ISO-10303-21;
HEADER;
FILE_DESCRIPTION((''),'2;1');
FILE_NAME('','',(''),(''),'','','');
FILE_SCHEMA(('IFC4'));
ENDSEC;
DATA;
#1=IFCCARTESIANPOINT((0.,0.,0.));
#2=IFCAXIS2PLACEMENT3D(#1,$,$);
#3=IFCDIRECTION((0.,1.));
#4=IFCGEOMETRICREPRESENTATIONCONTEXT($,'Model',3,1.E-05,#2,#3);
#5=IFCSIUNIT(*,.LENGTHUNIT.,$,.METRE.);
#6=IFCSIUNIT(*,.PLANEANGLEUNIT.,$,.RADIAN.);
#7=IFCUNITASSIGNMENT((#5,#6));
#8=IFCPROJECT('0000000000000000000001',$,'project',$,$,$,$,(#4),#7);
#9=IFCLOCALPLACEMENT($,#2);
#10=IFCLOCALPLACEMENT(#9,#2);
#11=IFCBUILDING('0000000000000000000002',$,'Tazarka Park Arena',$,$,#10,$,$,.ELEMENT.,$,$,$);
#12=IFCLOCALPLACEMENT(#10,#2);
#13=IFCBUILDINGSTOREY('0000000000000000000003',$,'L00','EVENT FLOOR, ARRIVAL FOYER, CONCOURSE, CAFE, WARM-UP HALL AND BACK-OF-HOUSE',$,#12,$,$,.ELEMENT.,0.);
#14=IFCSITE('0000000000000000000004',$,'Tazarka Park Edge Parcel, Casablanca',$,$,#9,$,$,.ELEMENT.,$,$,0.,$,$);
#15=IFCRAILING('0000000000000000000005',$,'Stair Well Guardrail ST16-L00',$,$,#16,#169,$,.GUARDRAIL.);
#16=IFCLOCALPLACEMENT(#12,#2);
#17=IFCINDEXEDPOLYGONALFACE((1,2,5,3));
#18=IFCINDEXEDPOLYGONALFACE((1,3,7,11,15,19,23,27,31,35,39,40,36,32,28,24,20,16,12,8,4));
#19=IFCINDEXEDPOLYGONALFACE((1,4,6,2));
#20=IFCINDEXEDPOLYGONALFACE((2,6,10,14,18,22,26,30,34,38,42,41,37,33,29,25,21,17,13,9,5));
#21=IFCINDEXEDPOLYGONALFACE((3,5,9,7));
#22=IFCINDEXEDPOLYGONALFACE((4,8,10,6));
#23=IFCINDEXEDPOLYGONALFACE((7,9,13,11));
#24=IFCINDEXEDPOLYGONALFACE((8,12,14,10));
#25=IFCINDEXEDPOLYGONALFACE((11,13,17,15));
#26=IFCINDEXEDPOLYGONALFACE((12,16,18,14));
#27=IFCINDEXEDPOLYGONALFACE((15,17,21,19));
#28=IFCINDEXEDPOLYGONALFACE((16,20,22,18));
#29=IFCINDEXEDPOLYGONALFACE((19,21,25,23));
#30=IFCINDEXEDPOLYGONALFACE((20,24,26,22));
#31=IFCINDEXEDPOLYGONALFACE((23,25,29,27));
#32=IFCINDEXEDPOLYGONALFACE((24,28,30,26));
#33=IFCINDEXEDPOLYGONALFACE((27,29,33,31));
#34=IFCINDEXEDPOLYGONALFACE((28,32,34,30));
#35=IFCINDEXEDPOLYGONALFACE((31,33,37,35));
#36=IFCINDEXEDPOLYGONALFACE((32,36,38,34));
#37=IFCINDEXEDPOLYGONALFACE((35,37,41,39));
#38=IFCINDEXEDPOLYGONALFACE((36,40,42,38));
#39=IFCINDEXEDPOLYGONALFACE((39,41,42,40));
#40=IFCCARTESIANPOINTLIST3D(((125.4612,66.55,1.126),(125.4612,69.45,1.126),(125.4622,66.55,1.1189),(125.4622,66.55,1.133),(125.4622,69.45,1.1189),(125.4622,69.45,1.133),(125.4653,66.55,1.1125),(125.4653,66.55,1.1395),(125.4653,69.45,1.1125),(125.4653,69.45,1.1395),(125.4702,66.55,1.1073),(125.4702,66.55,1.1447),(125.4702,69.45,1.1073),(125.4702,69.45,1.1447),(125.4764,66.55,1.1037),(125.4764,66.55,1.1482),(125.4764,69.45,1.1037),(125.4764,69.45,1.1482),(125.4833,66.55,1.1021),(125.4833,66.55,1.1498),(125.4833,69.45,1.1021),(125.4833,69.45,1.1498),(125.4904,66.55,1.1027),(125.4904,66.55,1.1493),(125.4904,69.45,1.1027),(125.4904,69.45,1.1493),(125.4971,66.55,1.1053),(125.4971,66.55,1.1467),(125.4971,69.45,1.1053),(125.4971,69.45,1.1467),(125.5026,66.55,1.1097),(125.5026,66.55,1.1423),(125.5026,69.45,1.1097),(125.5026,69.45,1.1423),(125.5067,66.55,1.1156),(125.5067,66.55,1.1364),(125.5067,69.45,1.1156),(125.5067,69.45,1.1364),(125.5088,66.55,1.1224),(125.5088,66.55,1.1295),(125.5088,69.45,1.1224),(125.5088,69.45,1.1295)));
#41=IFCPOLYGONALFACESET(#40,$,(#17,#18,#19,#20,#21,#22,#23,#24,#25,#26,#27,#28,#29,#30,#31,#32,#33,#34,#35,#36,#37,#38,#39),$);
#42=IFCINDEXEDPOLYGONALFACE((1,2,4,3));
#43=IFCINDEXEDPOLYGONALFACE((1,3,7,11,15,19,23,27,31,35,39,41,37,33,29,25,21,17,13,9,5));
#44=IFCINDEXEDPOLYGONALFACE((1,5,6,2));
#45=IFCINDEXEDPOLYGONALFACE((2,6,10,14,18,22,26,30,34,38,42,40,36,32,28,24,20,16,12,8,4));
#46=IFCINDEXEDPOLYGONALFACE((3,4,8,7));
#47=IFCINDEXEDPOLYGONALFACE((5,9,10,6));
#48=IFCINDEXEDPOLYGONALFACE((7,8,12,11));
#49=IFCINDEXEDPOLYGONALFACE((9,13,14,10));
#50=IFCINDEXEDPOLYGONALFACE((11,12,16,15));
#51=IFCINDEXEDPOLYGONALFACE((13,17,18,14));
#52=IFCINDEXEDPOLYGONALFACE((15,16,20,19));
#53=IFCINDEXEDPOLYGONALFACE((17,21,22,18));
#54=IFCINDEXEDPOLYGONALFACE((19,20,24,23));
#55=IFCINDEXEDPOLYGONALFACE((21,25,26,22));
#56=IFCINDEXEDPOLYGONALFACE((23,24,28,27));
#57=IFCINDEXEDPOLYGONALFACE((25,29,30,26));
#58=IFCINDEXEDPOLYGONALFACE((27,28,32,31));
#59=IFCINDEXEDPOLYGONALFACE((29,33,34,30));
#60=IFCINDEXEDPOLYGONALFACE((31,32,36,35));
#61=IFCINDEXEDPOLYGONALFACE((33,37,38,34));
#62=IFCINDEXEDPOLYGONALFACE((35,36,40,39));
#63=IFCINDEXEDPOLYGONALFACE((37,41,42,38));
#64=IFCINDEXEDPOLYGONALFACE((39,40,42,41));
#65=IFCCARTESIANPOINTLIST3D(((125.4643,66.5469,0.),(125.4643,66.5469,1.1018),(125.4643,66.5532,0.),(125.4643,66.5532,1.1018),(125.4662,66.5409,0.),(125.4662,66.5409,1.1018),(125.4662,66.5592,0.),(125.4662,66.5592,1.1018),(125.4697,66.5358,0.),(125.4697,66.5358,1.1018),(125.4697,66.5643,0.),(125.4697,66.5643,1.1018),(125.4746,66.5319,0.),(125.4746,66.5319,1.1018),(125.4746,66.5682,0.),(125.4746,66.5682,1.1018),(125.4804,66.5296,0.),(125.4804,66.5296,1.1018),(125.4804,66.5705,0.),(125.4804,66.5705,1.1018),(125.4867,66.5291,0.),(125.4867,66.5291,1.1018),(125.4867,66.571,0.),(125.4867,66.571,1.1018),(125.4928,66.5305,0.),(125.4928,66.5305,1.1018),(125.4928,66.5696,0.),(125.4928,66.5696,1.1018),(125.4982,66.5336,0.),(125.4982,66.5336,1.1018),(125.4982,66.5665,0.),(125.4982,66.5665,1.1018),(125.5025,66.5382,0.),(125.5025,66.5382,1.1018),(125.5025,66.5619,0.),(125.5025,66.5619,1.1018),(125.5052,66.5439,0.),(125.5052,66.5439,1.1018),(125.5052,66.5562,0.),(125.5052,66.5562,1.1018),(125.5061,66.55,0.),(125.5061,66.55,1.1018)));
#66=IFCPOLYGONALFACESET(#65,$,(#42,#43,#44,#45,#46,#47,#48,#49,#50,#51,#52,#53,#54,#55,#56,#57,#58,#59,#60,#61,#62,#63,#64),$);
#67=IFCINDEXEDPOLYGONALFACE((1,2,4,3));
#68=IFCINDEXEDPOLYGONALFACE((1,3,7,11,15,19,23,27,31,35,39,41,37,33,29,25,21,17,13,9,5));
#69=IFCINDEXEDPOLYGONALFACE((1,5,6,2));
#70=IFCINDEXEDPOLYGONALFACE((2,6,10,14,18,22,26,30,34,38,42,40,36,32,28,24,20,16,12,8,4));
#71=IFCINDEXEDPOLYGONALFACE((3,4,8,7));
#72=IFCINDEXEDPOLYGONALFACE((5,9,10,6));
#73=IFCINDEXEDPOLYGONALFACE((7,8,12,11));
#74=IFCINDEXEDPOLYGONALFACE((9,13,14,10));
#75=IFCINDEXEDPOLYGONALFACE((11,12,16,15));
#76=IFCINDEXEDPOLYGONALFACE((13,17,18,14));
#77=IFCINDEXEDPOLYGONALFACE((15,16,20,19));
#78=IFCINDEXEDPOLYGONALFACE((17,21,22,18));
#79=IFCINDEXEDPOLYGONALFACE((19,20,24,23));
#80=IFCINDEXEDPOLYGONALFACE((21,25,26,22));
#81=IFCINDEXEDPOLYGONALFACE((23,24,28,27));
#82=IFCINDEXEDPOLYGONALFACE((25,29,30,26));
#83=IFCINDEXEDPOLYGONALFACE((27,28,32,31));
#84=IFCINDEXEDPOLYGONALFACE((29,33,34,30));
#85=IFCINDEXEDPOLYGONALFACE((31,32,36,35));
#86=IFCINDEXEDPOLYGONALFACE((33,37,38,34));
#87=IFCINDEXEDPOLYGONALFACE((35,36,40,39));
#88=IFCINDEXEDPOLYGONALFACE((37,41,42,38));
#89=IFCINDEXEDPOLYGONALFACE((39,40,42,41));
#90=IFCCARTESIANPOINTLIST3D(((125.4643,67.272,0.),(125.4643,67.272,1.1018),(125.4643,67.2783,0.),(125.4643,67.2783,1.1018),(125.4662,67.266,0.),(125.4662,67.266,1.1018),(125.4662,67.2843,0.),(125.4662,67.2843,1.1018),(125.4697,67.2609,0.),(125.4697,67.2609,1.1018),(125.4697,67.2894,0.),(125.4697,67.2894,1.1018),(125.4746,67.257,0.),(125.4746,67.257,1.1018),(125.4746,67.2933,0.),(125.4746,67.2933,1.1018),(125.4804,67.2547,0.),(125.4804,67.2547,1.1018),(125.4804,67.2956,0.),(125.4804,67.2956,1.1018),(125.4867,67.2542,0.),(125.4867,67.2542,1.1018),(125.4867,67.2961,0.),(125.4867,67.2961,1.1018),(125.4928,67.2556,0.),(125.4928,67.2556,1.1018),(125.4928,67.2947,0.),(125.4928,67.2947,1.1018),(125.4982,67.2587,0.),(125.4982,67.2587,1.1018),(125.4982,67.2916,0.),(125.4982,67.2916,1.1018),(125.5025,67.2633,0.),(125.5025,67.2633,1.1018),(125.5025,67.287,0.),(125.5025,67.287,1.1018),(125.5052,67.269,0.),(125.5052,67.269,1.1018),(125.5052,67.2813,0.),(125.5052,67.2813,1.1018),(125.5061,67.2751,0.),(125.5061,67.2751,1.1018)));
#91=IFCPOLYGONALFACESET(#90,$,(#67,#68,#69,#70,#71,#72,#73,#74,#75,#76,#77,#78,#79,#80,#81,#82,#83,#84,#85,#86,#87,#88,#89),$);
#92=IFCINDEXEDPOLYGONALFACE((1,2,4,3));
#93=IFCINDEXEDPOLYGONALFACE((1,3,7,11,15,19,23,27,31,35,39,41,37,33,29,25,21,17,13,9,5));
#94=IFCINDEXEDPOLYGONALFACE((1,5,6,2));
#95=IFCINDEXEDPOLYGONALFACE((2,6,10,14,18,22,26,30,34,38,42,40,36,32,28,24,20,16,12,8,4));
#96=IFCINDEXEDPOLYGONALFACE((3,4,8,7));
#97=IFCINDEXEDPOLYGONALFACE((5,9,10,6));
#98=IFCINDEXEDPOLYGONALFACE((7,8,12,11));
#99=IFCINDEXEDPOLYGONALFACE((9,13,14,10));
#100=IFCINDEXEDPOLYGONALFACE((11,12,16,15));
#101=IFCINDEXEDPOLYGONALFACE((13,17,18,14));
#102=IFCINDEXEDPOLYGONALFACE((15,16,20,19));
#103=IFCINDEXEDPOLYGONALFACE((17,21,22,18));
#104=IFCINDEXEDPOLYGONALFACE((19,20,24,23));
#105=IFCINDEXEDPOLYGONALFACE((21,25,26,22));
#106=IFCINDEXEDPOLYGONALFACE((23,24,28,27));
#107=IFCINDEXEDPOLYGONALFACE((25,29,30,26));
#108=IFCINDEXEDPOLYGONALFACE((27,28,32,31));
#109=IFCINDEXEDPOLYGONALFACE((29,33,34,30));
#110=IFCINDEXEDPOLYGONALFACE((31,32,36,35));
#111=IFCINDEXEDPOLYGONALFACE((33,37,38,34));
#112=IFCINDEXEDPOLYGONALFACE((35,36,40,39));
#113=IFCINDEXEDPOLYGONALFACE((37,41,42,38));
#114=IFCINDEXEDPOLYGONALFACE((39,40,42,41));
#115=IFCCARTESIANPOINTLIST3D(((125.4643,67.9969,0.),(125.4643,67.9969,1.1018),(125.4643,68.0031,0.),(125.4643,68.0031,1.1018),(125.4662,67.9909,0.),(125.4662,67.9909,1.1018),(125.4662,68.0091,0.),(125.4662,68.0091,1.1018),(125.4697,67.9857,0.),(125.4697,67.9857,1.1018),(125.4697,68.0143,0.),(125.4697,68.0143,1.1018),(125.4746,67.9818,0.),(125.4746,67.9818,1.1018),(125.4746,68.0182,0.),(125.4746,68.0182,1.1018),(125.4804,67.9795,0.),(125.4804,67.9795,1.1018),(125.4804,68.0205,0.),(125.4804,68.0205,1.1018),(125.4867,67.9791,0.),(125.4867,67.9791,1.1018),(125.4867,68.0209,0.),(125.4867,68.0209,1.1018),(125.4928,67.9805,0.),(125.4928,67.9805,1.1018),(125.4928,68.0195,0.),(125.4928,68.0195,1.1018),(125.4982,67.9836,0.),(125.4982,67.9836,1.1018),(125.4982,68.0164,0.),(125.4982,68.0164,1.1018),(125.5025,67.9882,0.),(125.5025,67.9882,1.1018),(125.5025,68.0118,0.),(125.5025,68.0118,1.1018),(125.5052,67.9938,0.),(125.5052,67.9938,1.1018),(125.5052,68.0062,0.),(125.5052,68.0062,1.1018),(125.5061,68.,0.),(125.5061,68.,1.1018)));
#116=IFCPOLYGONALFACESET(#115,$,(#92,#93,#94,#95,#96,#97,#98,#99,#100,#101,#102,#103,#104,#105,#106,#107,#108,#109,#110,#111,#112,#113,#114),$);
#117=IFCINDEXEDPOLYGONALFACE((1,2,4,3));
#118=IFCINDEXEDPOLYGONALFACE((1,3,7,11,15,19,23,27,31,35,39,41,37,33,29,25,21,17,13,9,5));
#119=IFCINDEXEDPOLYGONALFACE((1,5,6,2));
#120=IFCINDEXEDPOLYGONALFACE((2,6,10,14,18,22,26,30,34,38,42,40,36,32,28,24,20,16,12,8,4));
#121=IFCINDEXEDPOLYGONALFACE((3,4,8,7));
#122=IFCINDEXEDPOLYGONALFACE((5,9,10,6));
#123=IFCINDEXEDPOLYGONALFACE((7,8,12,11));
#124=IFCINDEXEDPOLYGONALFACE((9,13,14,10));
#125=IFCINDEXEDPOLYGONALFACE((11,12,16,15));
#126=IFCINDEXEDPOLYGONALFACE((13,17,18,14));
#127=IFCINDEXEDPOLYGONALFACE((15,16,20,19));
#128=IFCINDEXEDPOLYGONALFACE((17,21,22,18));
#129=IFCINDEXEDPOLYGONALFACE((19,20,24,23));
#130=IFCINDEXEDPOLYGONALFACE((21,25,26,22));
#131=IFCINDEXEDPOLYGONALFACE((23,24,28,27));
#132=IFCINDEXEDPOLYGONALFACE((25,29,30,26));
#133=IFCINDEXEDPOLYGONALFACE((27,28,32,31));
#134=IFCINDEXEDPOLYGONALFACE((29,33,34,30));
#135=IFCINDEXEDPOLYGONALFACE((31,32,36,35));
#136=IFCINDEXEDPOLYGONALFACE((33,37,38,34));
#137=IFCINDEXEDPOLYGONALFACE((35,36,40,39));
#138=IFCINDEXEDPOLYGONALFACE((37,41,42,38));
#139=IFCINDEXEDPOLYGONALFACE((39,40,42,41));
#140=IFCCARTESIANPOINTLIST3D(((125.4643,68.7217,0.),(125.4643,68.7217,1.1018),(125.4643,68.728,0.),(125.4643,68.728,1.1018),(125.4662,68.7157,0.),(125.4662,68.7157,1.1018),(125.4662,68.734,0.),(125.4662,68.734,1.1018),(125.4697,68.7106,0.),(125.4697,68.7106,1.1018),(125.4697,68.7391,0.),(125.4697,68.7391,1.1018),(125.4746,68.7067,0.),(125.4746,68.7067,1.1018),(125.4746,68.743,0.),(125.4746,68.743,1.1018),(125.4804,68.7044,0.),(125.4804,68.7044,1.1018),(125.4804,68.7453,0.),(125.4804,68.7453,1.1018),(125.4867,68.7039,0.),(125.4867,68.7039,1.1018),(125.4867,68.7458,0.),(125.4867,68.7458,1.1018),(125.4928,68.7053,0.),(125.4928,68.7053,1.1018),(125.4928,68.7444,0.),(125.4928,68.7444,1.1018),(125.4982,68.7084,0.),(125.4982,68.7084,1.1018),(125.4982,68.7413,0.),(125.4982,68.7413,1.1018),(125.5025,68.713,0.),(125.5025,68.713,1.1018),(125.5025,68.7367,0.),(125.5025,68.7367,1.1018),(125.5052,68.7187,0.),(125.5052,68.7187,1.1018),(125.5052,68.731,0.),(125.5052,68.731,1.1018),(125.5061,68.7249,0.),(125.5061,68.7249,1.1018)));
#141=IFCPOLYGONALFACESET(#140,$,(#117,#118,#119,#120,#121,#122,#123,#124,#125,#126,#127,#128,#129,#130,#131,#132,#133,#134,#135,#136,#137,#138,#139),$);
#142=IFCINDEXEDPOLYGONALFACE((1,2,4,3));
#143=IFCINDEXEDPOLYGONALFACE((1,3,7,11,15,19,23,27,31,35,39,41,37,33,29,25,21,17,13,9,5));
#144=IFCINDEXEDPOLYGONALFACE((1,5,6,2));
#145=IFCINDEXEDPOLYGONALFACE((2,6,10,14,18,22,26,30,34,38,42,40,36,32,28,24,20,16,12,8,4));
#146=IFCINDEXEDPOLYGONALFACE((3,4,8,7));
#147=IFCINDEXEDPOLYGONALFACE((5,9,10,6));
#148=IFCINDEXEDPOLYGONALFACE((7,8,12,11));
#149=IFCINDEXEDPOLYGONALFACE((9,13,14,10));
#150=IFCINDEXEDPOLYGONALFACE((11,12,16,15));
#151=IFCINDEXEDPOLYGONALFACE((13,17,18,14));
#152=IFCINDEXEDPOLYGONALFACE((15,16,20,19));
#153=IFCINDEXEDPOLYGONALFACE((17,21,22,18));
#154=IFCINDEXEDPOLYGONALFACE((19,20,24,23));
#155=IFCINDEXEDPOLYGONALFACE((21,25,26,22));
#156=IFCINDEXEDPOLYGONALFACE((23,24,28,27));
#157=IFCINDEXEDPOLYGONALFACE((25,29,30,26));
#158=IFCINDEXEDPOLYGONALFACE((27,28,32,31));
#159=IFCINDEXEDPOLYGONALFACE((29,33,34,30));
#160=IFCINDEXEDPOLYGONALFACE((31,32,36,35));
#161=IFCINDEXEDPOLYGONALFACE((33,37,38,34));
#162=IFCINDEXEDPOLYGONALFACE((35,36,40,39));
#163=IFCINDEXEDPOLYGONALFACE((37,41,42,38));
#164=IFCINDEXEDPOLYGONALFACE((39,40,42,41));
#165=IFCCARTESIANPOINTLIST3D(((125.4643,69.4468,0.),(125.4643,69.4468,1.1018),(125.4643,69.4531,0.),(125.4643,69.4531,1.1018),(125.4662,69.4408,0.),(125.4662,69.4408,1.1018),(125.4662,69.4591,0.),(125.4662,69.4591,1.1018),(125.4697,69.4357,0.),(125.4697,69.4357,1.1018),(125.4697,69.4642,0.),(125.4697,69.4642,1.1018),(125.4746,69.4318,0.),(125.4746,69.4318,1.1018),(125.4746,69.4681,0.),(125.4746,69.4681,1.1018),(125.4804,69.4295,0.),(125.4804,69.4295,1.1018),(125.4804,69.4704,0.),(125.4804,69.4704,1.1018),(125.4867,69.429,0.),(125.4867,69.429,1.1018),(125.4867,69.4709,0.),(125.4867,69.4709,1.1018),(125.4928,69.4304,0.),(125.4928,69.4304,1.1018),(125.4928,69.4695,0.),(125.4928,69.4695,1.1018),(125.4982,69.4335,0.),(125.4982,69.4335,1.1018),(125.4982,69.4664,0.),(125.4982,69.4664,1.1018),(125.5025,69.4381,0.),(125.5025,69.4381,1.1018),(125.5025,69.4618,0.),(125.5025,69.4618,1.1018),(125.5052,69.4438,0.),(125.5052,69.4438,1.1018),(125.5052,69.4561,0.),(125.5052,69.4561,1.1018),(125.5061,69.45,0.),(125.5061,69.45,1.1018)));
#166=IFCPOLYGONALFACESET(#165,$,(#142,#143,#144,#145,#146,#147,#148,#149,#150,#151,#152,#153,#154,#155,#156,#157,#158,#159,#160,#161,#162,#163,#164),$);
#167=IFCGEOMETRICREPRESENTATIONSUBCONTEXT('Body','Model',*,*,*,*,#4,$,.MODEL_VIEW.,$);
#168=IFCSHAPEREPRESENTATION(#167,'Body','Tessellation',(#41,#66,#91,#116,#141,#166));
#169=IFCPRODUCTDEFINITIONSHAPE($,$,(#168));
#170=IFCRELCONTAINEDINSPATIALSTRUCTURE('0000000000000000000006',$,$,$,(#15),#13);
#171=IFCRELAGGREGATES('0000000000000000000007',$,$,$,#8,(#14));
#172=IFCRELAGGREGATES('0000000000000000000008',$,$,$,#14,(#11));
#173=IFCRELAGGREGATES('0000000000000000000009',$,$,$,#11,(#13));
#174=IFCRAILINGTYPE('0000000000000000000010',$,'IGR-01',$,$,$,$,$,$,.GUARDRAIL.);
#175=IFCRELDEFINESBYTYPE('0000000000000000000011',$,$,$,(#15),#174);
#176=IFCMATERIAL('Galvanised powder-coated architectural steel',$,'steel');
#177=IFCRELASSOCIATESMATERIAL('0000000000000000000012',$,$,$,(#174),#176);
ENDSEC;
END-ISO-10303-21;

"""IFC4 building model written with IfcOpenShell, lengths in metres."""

from ifc_helpers import new_model, si_unit, direction, frame, origin, origin_2d, place, context, subcontext, project, spatial, circle, extrude, material, type_object, element, save


model = new_model("IFC4")

# Units and contexts
model_context = context("Model", 3, precision=1e-05, world=origin(), true_north=direction((0.0, 1.0)))
body_context = subcontext(model_context, "Body", "Model", "MODEL_VIEW")
ifc_project = project(units=[si_unit("LENGTHUNIT", "METRE"), si_unit("PLANEANGLEUNIT", "RADIAN")], contexts=[model_context])

# Site, building, storey
site_placement = place(None, origin())
site = spatial("IfcSite", under=ifc_project, at=site_placement, Name="Tazarka Park Edge Parcel, Casablanca", CompositionType="ELEMENT", RefElevation=0.0)
building_placement = place(site_placement, origin())
building = spatial("IfcBuilding", under=site, at=building_placement, Name="Tazarka Park Arena", CompositionType="ELEMENT")
storey_placement = place(building_placement, origin())
storey = spatial("IfcBuildingStorey", under=building, at=storey_placement, Name="L00", Description="EVENT FLOOR, ARRIVAL FOYER, CONCOURSE, CAFE, WARM-UP HALL AND BACK-OF-HOUSE", CompositionType="ELEMENT", Elevation=0.0)

# Railing
ifc_material_1 = material(Name="Galvanised powder-coated architectural steel", Category="steel")
railing_type_1 = type_object("IfcRailingType", Name="IGR-01", PredefinedType="GUARDRAIL", material=ifc_material_1)
for number, where, name in (
    (1, (125.4851, 66.55, 0.0), "Stair Well Guardrail ST16-L00"),
):
    element("IfcRailing", number, at=place(storey_placement, frame(where)), inside=storey, type_object=railing_type_1, Name=name, PredefinedType="GUARDRAIL", context=body_context, shape_type="SweptSolid", body=[
        extrude(circle(Radius=0.0239, at=origin_2d()), frame((0.0, 0.0, 1.126), z_axis=(0.0, 1.0, 0.0), x_axis=(-1.0, 0.0, 0.0)), (0.0, 0.0, 1.0), 2.8999),
        extrude(circle(Radius=0.021, at=origin_2d()), origin(), (0.0, 0.0, 1.0), 1.1018),
        extrude(circle(Radius=0.021, at=origin_2d()), frame((0.0, 0.7251, 0.0)), (0.0, 0.0, 1.0), 1.1018),
        extrude(circle(Radius=0.021, at=origin_2d()), frame((0.0, 1.45, 0.0)), (0.0, 0.0, 1.0), 1.1018),
        extrude(circle(Radius=0.021, at=origin_2d()), frame((0.0, 2.1748, 0.0)), (0.0, 0.0, 1.0), 1.1018),
        extrude(circle(Radius=0.021, at=origin_2d()), frame((0.0, 2.8999, 0.0)), (0.0, 0.0, 1.0), 1.1018),
    ])

save(model, "model.ifc")
